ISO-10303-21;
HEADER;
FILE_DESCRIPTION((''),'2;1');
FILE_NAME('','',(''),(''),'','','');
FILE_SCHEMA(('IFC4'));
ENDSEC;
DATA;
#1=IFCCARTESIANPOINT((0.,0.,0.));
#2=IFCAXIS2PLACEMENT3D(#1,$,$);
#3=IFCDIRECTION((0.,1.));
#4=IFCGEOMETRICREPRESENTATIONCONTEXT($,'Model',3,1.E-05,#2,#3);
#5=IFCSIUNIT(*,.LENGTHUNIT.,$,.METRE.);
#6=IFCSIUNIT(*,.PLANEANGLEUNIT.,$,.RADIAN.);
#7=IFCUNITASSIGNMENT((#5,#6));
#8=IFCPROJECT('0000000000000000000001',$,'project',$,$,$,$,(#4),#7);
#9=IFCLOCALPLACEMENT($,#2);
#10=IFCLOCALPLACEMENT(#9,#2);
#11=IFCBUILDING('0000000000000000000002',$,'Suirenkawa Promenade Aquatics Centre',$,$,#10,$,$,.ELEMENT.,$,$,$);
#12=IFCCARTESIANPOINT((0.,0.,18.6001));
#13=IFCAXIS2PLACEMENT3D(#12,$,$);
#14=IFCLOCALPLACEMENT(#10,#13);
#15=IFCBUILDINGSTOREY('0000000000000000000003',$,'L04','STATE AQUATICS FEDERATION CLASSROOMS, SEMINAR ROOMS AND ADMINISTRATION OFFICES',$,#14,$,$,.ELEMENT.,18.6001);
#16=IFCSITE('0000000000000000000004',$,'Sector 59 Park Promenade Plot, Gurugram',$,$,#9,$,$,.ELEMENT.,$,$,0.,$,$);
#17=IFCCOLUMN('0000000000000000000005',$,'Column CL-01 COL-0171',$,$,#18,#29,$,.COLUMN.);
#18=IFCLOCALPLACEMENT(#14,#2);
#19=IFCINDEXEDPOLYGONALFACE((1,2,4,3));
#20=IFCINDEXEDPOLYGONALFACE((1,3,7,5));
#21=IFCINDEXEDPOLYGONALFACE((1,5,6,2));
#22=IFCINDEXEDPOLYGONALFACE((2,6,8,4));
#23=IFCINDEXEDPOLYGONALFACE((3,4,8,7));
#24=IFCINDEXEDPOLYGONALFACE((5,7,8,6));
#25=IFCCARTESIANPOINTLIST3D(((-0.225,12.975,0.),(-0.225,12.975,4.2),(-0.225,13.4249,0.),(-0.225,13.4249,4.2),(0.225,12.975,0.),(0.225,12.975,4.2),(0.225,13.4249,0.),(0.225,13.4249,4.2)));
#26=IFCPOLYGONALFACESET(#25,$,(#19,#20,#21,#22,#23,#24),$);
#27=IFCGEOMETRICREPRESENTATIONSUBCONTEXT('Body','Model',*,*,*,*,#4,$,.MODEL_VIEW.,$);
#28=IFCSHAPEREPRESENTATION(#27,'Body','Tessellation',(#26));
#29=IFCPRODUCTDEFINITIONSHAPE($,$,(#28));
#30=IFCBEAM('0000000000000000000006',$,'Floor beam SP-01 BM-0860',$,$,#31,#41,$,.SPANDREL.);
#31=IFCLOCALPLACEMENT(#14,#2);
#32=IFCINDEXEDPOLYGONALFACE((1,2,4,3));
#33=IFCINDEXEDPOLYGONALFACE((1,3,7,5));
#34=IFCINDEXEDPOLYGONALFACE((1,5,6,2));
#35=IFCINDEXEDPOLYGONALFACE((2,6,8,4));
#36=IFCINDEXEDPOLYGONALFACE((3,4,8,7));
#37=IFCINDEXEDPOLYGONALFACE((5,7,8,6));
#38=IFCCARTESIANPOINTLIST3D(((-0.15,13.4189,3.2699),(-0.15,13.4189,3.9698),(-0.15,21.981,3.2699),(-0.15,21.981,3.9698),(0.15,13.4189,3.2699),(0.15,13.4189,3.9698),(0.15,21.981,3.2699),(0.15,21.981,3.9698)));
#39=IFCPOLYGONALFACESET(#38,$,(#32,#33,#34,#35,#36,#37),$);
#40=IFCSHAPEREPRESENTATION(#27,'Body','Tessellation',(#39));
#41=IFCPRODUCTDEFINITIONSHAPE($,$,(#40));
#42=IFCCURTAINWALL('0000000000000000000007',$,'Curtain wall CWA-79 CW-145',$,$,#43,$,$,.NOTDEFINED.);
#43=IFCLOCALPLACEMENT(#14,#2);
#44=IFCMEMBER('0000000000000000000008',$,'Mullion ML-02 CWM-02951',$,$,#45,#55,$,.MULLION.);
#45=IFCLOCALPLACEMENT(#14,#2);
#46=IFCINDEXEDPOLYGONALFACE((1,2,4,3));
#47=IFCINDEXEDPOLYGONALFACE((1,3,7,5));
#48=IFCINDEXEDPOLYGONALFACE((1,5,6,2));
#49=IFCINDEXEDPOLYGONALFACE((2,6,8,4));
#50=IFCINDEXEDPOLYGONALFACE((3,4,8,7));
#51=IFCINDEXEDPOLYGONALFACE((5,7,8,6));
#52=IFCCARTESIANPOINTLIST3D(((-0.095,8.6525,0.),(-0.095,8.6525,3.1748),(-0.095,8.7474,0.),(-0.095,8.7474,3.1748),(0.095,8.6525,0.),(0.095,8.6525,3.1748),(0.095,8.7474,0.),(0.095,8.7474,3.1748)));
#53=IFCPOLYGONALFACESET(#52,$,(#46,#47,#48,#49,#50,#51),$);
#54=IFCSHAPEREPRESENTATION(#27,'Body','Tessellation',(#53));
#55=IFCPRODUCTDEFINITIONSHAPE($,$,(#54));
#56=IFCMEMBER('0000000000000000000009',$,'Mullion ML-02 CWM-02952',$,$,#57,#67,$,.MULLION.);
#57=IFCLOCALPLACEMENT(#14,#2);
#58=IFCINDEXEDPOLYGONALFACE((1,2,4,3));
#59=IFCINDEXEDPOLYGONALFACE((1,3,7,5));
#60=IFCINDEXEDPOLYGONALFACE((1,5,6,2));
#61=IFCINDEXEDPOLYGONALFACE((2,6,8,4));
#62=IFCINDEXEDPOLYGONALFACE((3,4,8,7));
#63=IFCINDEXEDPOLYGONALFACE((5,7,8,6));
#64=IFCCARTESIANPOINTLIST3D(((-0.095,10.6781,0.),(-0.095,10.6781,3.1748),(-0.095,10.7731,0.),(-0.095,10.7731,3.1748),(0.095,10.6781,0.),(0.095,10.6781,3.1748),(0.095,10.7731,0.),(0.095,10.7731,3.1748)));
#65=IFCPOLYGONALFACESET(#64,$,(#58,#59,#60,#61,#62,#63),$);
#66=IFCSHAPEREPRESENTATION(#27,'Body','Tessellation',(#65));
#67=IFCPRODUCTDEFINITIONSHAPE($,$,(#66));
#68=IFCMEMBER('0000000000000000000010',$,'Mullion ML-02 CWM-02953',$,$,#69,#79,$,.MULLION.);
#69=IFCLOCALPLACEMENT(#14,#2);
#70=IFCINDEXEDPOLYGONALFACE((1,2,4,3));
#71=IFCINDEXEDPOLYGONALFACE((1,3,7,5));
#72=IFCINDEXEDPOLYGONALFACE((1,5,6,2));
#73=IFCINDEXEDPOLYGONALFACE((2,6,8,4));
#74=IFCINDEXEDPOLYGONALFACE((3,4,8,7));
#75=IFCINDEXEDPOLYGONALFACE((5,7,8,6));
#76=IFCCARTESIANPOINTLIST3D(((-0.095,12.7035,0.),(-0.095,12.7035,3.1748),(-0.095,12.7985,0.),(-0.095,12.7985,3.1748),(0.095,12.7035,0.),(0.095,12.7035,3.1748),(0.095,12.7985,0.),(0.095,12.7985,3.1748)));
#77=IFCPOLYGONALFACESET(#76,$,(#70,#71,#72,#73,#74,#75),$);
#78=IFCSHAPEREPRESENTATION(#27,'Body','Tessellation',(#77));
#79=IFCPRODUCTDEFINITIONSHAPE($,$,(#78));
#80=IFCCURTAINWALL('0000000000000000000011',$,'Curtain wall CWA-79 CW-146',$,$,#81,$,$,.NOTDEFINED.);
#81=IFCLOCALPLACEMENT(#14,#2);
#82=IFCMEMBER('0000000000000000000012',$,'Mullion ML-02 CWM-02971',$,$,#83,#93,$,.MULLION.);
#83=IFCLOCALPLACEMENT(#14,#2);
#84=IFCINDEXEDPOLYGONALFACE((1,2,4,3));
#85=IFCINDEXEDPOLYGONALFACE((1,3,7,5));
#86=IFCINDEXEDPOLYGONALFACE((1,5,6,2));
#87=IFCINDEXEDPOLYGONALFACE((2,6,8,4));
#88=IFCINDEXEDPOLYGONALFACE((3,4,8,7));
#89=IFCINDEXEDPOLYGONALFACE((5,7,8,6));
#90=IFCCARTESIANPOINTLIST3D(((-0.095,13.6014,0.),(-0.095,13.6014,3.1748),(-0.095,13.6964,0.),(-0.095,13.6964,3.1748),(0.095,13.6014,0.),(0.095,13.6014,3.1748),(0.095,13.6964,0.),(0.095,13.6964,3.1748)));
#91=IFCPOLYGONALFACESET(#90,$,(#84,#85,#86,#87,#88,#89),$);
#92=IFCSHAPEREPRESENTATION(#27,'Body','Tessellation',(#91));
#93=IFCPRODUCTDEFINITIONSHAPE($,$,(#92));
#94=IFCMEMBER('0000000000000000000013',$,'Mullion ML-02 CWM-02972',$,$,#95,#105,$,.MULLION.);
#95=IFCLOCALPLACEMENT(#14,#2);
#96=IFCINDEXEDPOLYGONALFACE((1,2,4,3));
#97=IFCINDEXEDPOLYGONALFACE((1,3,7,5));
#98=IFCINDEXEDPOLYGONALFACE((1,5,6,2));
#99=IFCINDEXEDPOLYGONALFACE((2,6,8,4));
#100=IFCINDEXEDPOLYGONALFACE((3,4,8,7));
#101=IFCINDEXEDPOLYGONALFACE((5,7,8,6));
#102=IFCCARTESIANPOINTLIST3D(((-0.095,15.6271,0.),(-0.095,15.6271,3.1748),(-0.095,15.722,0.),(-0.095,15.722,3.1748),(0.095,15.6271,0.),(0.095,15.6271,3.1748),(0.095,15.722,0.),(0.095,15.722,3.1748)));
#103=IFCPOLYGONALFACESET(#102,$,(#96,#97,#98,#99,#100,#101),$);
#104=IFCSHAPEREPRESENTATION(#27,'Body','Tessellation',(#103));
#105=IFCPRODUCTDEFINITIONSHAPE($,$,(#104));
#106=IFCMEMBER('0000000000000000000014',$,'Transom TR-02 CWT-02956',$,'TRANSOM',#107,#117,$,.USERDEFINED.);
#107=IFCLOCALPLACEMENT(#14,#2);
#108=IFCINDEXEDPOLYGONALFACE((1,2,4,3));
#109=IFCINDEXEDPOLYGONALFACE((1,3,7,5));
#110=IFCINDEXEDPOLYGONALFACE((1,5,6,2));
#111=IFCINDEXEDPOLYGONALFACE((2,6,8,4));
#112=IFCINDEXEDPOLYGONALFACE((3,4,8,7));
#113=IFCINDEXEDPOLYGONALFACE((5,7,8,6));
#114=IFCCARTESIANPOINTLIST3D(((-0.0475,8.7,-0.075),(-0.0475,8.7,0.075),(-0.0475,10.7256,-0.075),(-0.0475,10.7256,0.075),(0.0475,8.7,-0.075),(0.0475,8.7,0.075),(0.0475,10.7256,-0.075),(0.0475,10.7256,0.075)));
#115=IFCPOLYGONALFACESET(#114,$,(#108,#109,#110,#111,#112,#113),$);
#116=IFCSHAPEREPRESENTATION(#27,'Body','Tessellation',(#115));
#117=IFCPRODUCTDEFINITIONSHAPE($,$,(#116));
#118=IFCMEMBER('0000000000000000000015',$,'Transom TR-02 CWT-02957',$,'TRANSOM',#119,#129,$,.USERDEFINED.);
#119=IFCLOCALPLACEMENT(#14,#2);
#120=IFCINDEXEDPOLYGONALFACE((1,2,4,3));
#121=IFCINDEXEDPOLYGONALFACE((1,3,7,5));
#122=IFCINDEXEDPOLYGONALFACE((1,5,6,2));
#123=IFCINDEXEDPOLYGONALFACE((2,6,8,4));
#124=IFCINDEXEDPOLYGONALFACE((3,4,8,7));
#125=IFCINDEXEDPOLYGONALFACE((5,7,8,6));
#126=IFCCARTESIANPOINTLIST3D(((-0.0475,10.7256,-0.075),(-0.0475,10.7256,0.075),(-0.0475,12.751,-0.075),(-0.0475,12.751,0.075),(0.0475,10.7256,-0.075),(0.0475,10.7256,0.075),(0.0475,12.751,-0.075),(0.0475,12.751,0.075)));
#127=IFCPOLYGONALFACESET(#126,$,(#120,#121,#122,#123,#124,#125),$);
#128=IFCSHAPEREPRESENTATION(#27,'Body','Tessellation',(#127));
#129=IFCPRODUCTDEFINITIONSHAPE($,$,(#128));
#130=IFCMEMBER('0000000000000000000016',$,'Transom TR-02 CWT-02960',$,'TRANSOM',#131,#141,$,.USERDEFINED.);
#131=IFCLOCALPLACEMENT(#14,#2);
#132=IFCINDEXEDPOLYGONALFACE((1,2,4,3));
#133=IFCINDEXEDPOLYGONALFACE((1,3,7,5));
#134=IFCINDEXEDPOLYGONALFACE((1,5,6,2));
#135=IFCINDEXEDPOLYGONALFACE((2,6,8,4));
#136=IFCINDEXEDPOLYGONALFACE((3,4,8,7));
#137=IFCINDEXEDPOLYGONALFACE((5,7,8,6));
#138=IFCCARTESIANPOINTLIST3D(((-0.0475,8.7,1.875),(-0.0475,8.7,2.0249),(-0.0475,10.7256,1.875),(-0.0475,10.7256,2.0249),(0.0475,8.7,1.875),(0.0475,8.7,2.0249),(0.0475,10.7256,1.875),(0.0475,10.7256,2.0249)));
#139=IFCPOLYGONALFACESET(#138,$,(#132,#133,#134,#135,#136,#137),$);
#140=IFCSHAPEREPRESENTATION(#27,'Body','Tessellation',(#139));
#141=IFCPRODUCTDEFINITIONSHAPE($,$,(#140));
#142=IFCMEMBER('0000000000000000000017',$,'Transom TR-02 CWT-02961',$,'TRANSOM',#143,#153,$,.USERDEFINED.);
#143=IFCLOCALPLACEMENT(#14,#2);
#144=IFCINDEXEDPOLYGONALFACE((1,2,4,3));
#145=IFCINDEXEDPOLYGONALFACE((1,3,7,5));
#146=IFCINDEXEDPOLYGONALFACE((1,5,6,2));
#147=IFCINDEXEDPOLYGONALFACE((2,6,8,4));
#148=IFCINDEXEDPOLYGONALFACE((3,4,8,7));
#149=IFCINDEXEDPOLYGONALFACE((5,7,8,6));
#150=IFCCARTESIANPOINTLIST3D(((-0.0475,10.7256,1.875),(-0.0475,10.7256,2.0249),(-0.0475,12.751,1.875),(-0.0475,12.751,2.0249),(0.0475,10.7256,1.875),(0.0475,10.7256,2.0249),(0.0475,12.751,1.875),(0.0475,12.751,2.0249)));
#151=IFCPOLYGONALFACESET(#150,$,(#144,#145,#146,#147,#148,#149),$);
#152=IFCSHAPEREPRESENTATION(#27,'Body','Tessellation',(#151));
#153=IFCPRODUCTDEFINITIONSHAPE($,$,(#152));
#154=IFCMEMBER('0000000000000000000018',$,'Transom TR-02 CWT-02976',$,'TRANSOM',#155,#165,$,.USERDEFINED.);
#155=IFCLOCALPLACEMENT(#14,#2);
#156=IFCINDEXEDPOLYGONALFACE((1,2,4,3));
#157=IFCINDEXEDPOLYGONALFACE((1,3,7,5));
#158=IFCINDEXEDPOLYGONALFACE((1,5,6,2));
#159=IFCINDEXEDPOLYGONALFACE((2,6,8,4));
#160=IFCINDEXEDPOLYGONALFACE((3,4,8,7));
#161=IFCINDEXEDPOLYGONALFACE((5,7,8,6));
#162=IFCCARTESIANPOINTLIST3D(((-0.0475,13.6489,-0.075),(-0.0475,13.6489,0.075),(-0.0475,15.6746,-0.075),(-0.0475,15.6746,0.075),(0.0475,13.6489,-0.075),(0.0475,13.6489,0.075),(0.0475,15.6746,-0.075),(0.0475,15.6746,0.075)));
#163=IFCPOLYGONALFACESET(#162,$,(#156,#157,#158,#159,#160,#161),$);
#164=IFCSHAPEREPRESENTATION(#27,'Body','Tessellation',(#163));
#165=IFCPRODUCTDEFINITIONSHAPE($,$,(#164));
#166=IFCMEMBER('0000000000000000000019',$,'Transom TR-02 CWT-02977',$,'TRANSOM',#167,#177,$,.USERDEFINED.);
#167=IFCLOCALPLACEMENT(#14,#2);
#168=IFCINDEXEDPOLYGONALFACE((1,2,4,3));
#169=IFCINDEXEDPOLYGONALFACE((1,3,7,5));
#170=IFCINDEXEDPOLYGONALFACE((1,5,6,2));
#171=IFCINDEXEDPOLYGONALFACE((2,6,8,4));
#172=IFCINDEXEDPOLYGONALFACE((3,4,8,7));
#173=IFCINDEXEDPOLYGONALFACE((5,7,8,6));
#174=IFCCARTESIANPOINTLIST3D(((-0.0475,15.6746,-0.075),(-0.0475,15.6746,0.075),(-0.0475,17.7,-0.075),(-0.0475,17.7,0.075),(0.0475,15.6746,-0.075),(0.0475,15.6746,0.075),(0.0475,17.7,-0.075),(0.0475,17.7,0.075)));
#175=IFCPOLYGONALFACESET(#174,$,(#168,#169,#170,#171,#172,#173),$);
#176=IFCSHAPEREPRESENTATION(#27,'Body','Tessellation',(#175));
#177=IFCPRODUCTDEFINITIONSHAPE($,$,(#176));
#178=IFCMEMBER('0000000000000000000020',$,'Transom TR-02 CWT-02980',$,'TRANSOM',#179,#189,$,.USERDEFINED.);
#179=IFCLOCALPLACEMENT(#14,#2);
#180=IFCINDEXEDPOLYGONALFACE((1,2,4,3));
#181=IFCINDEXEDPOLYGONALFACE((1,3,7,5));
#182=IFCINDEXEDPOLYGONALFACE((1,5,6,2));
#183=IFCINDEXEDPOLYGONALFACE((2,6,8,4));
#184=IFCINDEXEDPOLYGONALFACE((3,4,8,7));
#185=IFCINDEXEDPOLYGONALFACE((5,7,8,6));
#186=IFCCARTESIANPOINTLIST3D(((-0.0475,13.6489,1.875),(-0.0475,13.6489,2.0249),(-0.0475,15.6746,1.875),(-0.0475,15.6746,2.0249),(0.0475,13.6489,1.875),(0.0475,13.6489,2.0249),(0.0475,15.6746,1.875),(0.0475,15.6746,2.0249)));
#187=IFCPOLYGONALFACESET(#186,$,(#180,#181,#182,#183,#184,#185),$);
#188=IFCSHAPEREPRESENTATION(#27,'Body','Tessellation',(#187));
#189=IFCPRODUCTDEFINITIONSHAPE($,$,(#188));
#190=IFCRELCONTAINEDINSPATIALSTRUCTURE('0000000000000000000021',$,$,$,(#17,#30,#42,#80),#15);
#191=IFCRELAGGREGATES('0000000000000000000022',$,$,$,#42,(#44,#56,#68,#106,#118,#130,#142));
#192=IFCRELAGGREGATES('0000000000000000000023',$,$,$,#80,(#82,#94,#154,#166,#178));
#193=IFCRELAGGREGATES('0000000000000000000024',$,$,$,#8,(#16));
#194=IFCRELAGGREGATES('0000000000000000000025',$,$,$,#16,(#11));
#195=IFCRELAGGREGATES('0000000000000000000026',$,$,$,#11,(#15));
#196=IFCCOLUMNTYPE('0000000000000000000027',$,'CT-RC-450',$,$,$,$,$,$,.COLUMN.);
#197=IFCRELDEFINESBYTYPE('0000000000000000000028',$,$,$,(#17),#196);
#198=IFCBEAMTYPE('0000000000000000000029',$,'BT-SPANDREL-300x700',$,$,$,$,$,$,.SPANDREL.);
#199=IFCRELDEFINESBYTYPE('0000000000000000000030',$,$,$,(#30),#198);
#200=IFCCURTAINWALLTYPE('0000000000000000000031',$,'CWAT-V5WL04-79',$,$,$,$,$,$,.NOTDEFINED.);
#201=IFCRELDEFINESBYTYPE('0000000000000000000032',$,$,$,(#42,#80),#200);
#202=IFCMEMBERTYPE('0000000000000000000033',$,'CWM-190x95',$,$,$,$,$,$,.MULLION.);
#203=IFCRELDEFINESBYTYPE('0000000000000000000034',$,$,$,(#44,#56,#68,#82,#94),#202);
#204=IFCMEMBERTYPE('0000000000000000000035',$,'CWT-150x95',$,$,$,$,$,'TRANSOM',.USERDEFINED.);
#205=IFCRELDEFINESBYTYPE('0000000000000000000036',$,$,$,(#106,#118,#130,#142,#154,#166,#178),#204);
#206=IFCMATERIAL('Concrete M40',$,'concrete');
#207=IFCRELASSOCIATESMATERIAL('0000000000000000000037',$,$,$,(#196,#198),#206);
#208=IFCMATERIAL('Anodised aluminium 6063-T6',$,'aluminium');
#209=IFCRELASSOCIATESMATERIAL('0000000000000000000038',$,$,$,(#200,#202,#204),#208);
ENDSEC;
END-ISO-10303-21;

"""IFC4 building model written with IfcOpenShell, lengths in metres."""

from ifc_helpers import new_model, si_unit, direction, frame, origin, origin_2d, place, context, subcontext, project, spatial, rectangle, extrude, material, material_profile, profile_set, type_object, element, aggregate, save


model = new_model("IFC4")

# Units and contexts
model_context = context("Model", 3, precision=1e-05, world=origin(), true_north=direction((0.0, 1.0)))
body_context = subcontext(model_context, "Body", "Model", "MODEL_VIEW")
ifc_project = project(units=[si_unit("LENGTHUNIT", "METRE"), si_unit("PLANEANGLEUNIT", "RADIAN")], contexts=[model_context])

# Site, building, storey
site_placement = place(None, origin())
site = spatial("IfcSite", under=ifc_project, at=site_placement, Name="Sector 59 Park Promenade Plot, Gurugram", CompositionType="ELEMENT", RefElevation=0.0)
building_placement = place(site_placement, origin())
building = spatial("IfcBuilding", under=site, at=building_placement, Name="Suirenkawa Promenade Aquatics Centre", CompositionType="ELEMENT")
storey_placement = place(building_placement, frame((0.0, 0.0, 18.6001)))
storey = spatial("IfcBuildingStorey", under=building, at=storey_placement, Name="L04", Description="STATE AQUATICS FEDERATION CLASSROOMS, SEMINAR ROOMS AND ADMINISTRATION OFFICES", CompositionType="ELEMENT", Elevation=18.6001)

# Column
ifc_material_1 = material(Name="Concrete M40", Category="concrete")
ifc_material_profile_1 = material_profile(ifc_material_1, rectangle(XDim=0.45, YDim=0.45, at=origin_2d()), Name="RC COL 450x450", Category="concrete")
ifc_profile_set_1 = profile_set([ifc_material_profile_1], Name="Concrete M40")
column_type = type_object("IfcColumnType", Name="CT-RC-450", PredefinedType="COLUMN", material=ifc_profile_set_1)
column_placement = place(storey_placement, frame((0.0, 13.2, 0.0), z_axis=(0.0, 0.0, 1.0), x_axis=(1.0, 0.0, 0.0)))
element("IfcColumn", 1, at=column_placement, inside=storey, type_object=column_type, Name="Column CL-01 COL-0171", PredefinedType="COLUMN", context=body_context, shape_type="SweptSolid", body=[
    extrude(rectangle(XDim=0.45, YDim=0.45, at=origin_2d()), origin(), (0.0, 0.0, 1.0), 4.2),
])

# Beam
ifc_material_profile_2 = material_profile(ifc_material_1, rectangle(XDim=0.3, YDim=0.7, at=origin_2d()), Name="RC SPANDREL 300x700", Category="concrete")
ifc_profile_set_2 = profile_set([ifc_material_profile_2], Name="Concrete M40")
beam_type = type_object("IfcBeamType", Name="BT-SPANDREL-300x700", PredefinedType="SPANDREL", material=ifc_profile_set_2)
beam_placement = place(storey_placement, frame((0.0, 13.4189, 3.6199), z_axis=(0.0, 1.0, 0.0), x_axis=(-1.0, 0.0, 0.0)))
element("IfcBeam", 2, at=beam_placement, inside=storey, type_object=beam_type, Name="Floor beam SP-01 BM-0860", PredefinedType="SPANDREL", context=body_context, shape_type="SweptSolid", body=[
    extrude(rectangle(XDim=0.3, YDim=0.7, at=origin_2d()), origin(), (0.0, 0.0, 1.0), 8.562),
])

# Curtain walls, members
ifc_material_2 = material(Name="Anodised aluminium 6063-T6", Category="aluminium")
curtain_wall_type = type_object("IfcCurtainWallType", Name="CWAT-V5WL04-79", PredefinedType="NOTDEFINED", material=ifc_material_2)
curtain_wall_1_placement = place(storey_placement, origin())
curtain_wall_1 = element("IfcCurtainWall", 3, at=curtain_wall_1_placement, inside=storey, type_object=curtain_wall_type, Name="Curtain wall CWA-79 CW-145", PredefinedType="NOTDEFINED")
ifc_material_profile_3 = material_profile(ifc_material_2, rectangle(XDim=0.095, YDim=0.1899, at=origin_2d()), Name="ALU MULL 95x190", Category="aluminium")
ifc_profile_set_3 = profile_set([ifc_material_profile_3], Name="Anodised aluminium 6063-T6")
member_type_1 = type_object("IfcMemberType", Name="CWM-190x95", PredefinedType="MULLION", material=ifc_profile_set_3)
member_1_placement = place(storey_placement, frame((0.0, 8.7, 0.0), z_axis=(0.0, 0.0, 1.0), x_axis=(0.0, 1.0, 0.0)))
member_1 = element("IfcMember", 4, at=member_1_placement, type_object=member_type_1, Name="Mullion ML-02 CWM-02951", PredefinedType="MULLION", context=body_context, shape_type="SweptSolid", body=[
    extrude(rectangle(XDim=0.095, YDim=0.1899, at=origin_2d()), origin(), (0.0, 0.0, 1.0), 3.1748),
])
member_2_placement = place(storey_placement, frame((0.0, 10.7256, 0.0), z_axis=(0.0, 0.0, 1.0), x_axis=(0.0, 1.0, 0.0)))
member_2 = element("IfcMember", 5, at=member_2_placement, type_object=member_type_1, Name="Mullion ML-02 CWM-02952", PredefinedType="MULLION", context=body_context, shape_type="SweptSolid", body=[
    extrude(rectangle(XDim=0.095, YDim=0.1899, at=origin_2d()), origin(), (0.0, 0.0, 1.0), 3.1748),
])
member_3_placement = place(storey_placement, frame((0.0, 12.751, 0.0), z_axis=(0.0, 0.0, 1.0), x_axis=(0.0, 1.0, 0.0)))
member_3 = element("IfcMember", 6, at=member_3_placement, type_object=member_type_1, Name="Mullion ML-02 CWM-02953", PredefinedType="MULLION", context=body_context, shape_type="SweptSolid", body=[
    extrude(rectangle(XDim=0.095, YDim=0.1899, at=origin_2d()), origin(), (0.0, 0.0, 1.0), 3.1748),
])
curtain_wall_2_placement = place(storey_placement, origin())
curtain_wall_2 = element("IfcCurtainWall", 7, at=curtain_wall_2_placement, inside=storey, type_object=curtain_wall_type, Name="Curtain wall CWA-79 CW-146", PredefinedType="NOTDEFINED")
member_4_placement = place(storey_placement, frame((0.0, 13.6489, 0.0), z_axis=(0.0, 0.0, 1.0), x_axis=(0.0, 1.0, 0.0)))
member_4 = element("IfcMember", 8, at=member_4_placement, type_object=member_type_1, Name="Mullion ML-02 CWM-02971", PredefinedType="MULLION", context=body_context, shape_type="SweptSolid", body=[
    extrude(rectangle(XDim=0.095, YDim=0.1899, at=origin_2d()), origin(), (0.0, 0.0, 1.0), 3.1748),
])
member_5_placement = place(storey_placement, frame((0.0, 15.6746, 0.0), z_axis=(0.0, 0.0, 1.0), x_axis=(0.0, 1.0, 0.0)))
member_5 = element("IfcMember", 9, at=member_5_placement, type_object=member_type_1, Name="Mullion ML-02 CWM-02972", PredefinedType="MULLION", context=body_context, shape_type="SweptSolid", body=[
    extrude(rectangle(XDim=0.095, YDim=0.1899, at=origin_2d()), origin(), (0.0, 0.0, 1.0), 3.1748),
])

# Members
ifc_material_profile_4 = material_profile(ifc_material_2, rectangle(XDim=0.095, YDim=0.1499, at=origin_2d()), Name="ALU TRAN 95x150", Category="aluminium")
ifc_profile_set_4 = profile_set([ifc_material_profile_4], Name="Anodised aluminium 6063-T6")
member_type_2 = type_object("IfcMemberType", Name="CWT-150x95", ElementType="TRANSOM", PredefinedType="USERDEFINED", material=ifc_profile_set_4)
member_6_placement = place(storey_placement, frame((0.0, 8.7, 0.0), z_axis=(0.0, 1.0, 0.0), x_axis=(-1.0, 0.0, 0.0)))
member_6 = element("IfcMember", 10, at=member_6_placement, type_object=member_type_2, Name="Transom TR-02 CWT-02956", ObjectType="TRANSOM", PredefinedType="USERDEFINED", context=body_context, shape_type="SweptSolid", body=[
    extrude(rectangle(XDim=0.095, YDim=0.1499, at=origin_2d()), origin(), (0.0, 0.0, 1.0), 2.0256),
])
member_7_placement = place(storey_placement, frame((0.0, 10.7256, 0.0), z_axis=(0.0, 1.0, 0.0), x_axis=(-1.0, 0.0, 0.0)))
member_7 = element("IfcMember", 11, at=member_7_placement, type_object=member_type_2, Name="Transom TR-02 CWT-02957", ObjectType="TRANSOM", PredefinedType="USERDEFINED", context=body_context, shape_type="SweptSolid", body=[
    extrude(rectangle(XDim=0.095, YDim=0.1499, at=origin_2d()), origin(), (0.0, 0.0, 1.0), 2.0254),
])
member_8_placement = place(storey_placement, frame((0.0, 8.7, 1.95), z_axis=(0.0, 1.0, 0.0), x_axis=(-1.0, 0.0, 0.0)))
member_8 = element("IfcMember", 12, at=member_8_placement, type_object=member_type_2, Name="Transom TR-02 CWT-02960", ObjectType="TRANSOM", PredefinedType="USERDEFINED", context=body_context, shape_type="SweptSolid", body=[
    extrude(rectangle(XDim=0.095, YDim=0.1499, at=origin_2d()), origin(), (0.0, 0.0, 1.0), 2.0256),
])
member_9_placement = place(storey_placement, frame((0.0, 10.7256, 1.95), z_axis=(0.0, 1.0, 0.0), x_axis=(-1.0, 0.0, 0.0)))
member_9 = element("IfcMember", 13, at=member_9_placement, type_object=member_type_2, Name="Transom TR-02 CWT-02961", ObjectType="TRANSOM", PredefinedType="USERDEFINED", context=body_context, shape_type="SweptSolid", body=[
    extrude(rectangle(XDim=0.095, YDim=0.1499, at=origin_2d()), origin(), (0.0, 0.0, 1.0), 2.0254),
])
member_10_placement = place(storey_placement, frame((0.0, 13.6489, 0.0), z_axis=(0.0, 1.0, 0.0), x_axis=(-1.0, 0.0, 0.0)))
member_10 = element("IfcMember", 14, at=member_10_placement, type_object=member_type_2, Name="Transom TR-02 CWT-02976", ObjectType="TRANSOM", PredefinedType="USERDEFINED", context=body_context, shape_type="SweptSolid", body=[
    extrude(rectangle(XDim=0.095, YDim=0.1499, at=origin_2d()), origin(), (0.0, 0.0, 1.0), 2.0256),
])
member_11_placement = place(storey_placement, frame((0.0, 15.6746, 0.0), z_axis=(0.0, 1.0, 0.0), x_axis=(-1.0, 0.0, 0.0)))
member_11 = element("IfcMember", 15, at=member_11_placement, type_object=member_type_2, Name="Transom TR-02 CWT-02977", ObjectType="TRANSOM", PredefinedType="USERDEFINED", context=body_context, shape_type="SweptSolid", body=[
    extrude(rectangle(XDim=0.095, YDim=0.1499, at=origin_2d()), origin(), (0.0, 0.0, 1.0), 2.0254),
])
member_12_placement = place(storey_placement, frame((0.0, 13.6489, 1.95), z_axis=(0.0, 1.0, 0.0), x_axis=(-1.0, 0.0, 0.0)))
member_12 = element("IfcMember", 16, at=member_12_placement, type_object=member_type_2, Name="Transom TR-02 CWT-02980", ObjectType="TRANSOM", PredefinedType="USERDEFINED", context=body_context, shape_type="SweptSolid", body=[
    extrude(rectangle(XDim=0.095, YDim=0.1499, at=origin_2d()), origin(), (0.0, 0.0, 1.0), 2.0256),
])

aggregate(curtain_wall_1, [member_1, member_2, member_3, member_6, member_7, member_8, member_9])
aggregate(curtain_wall_2, [member_4, member_5, member_10, member_11, member_12])

save(model, "model.ifc")
